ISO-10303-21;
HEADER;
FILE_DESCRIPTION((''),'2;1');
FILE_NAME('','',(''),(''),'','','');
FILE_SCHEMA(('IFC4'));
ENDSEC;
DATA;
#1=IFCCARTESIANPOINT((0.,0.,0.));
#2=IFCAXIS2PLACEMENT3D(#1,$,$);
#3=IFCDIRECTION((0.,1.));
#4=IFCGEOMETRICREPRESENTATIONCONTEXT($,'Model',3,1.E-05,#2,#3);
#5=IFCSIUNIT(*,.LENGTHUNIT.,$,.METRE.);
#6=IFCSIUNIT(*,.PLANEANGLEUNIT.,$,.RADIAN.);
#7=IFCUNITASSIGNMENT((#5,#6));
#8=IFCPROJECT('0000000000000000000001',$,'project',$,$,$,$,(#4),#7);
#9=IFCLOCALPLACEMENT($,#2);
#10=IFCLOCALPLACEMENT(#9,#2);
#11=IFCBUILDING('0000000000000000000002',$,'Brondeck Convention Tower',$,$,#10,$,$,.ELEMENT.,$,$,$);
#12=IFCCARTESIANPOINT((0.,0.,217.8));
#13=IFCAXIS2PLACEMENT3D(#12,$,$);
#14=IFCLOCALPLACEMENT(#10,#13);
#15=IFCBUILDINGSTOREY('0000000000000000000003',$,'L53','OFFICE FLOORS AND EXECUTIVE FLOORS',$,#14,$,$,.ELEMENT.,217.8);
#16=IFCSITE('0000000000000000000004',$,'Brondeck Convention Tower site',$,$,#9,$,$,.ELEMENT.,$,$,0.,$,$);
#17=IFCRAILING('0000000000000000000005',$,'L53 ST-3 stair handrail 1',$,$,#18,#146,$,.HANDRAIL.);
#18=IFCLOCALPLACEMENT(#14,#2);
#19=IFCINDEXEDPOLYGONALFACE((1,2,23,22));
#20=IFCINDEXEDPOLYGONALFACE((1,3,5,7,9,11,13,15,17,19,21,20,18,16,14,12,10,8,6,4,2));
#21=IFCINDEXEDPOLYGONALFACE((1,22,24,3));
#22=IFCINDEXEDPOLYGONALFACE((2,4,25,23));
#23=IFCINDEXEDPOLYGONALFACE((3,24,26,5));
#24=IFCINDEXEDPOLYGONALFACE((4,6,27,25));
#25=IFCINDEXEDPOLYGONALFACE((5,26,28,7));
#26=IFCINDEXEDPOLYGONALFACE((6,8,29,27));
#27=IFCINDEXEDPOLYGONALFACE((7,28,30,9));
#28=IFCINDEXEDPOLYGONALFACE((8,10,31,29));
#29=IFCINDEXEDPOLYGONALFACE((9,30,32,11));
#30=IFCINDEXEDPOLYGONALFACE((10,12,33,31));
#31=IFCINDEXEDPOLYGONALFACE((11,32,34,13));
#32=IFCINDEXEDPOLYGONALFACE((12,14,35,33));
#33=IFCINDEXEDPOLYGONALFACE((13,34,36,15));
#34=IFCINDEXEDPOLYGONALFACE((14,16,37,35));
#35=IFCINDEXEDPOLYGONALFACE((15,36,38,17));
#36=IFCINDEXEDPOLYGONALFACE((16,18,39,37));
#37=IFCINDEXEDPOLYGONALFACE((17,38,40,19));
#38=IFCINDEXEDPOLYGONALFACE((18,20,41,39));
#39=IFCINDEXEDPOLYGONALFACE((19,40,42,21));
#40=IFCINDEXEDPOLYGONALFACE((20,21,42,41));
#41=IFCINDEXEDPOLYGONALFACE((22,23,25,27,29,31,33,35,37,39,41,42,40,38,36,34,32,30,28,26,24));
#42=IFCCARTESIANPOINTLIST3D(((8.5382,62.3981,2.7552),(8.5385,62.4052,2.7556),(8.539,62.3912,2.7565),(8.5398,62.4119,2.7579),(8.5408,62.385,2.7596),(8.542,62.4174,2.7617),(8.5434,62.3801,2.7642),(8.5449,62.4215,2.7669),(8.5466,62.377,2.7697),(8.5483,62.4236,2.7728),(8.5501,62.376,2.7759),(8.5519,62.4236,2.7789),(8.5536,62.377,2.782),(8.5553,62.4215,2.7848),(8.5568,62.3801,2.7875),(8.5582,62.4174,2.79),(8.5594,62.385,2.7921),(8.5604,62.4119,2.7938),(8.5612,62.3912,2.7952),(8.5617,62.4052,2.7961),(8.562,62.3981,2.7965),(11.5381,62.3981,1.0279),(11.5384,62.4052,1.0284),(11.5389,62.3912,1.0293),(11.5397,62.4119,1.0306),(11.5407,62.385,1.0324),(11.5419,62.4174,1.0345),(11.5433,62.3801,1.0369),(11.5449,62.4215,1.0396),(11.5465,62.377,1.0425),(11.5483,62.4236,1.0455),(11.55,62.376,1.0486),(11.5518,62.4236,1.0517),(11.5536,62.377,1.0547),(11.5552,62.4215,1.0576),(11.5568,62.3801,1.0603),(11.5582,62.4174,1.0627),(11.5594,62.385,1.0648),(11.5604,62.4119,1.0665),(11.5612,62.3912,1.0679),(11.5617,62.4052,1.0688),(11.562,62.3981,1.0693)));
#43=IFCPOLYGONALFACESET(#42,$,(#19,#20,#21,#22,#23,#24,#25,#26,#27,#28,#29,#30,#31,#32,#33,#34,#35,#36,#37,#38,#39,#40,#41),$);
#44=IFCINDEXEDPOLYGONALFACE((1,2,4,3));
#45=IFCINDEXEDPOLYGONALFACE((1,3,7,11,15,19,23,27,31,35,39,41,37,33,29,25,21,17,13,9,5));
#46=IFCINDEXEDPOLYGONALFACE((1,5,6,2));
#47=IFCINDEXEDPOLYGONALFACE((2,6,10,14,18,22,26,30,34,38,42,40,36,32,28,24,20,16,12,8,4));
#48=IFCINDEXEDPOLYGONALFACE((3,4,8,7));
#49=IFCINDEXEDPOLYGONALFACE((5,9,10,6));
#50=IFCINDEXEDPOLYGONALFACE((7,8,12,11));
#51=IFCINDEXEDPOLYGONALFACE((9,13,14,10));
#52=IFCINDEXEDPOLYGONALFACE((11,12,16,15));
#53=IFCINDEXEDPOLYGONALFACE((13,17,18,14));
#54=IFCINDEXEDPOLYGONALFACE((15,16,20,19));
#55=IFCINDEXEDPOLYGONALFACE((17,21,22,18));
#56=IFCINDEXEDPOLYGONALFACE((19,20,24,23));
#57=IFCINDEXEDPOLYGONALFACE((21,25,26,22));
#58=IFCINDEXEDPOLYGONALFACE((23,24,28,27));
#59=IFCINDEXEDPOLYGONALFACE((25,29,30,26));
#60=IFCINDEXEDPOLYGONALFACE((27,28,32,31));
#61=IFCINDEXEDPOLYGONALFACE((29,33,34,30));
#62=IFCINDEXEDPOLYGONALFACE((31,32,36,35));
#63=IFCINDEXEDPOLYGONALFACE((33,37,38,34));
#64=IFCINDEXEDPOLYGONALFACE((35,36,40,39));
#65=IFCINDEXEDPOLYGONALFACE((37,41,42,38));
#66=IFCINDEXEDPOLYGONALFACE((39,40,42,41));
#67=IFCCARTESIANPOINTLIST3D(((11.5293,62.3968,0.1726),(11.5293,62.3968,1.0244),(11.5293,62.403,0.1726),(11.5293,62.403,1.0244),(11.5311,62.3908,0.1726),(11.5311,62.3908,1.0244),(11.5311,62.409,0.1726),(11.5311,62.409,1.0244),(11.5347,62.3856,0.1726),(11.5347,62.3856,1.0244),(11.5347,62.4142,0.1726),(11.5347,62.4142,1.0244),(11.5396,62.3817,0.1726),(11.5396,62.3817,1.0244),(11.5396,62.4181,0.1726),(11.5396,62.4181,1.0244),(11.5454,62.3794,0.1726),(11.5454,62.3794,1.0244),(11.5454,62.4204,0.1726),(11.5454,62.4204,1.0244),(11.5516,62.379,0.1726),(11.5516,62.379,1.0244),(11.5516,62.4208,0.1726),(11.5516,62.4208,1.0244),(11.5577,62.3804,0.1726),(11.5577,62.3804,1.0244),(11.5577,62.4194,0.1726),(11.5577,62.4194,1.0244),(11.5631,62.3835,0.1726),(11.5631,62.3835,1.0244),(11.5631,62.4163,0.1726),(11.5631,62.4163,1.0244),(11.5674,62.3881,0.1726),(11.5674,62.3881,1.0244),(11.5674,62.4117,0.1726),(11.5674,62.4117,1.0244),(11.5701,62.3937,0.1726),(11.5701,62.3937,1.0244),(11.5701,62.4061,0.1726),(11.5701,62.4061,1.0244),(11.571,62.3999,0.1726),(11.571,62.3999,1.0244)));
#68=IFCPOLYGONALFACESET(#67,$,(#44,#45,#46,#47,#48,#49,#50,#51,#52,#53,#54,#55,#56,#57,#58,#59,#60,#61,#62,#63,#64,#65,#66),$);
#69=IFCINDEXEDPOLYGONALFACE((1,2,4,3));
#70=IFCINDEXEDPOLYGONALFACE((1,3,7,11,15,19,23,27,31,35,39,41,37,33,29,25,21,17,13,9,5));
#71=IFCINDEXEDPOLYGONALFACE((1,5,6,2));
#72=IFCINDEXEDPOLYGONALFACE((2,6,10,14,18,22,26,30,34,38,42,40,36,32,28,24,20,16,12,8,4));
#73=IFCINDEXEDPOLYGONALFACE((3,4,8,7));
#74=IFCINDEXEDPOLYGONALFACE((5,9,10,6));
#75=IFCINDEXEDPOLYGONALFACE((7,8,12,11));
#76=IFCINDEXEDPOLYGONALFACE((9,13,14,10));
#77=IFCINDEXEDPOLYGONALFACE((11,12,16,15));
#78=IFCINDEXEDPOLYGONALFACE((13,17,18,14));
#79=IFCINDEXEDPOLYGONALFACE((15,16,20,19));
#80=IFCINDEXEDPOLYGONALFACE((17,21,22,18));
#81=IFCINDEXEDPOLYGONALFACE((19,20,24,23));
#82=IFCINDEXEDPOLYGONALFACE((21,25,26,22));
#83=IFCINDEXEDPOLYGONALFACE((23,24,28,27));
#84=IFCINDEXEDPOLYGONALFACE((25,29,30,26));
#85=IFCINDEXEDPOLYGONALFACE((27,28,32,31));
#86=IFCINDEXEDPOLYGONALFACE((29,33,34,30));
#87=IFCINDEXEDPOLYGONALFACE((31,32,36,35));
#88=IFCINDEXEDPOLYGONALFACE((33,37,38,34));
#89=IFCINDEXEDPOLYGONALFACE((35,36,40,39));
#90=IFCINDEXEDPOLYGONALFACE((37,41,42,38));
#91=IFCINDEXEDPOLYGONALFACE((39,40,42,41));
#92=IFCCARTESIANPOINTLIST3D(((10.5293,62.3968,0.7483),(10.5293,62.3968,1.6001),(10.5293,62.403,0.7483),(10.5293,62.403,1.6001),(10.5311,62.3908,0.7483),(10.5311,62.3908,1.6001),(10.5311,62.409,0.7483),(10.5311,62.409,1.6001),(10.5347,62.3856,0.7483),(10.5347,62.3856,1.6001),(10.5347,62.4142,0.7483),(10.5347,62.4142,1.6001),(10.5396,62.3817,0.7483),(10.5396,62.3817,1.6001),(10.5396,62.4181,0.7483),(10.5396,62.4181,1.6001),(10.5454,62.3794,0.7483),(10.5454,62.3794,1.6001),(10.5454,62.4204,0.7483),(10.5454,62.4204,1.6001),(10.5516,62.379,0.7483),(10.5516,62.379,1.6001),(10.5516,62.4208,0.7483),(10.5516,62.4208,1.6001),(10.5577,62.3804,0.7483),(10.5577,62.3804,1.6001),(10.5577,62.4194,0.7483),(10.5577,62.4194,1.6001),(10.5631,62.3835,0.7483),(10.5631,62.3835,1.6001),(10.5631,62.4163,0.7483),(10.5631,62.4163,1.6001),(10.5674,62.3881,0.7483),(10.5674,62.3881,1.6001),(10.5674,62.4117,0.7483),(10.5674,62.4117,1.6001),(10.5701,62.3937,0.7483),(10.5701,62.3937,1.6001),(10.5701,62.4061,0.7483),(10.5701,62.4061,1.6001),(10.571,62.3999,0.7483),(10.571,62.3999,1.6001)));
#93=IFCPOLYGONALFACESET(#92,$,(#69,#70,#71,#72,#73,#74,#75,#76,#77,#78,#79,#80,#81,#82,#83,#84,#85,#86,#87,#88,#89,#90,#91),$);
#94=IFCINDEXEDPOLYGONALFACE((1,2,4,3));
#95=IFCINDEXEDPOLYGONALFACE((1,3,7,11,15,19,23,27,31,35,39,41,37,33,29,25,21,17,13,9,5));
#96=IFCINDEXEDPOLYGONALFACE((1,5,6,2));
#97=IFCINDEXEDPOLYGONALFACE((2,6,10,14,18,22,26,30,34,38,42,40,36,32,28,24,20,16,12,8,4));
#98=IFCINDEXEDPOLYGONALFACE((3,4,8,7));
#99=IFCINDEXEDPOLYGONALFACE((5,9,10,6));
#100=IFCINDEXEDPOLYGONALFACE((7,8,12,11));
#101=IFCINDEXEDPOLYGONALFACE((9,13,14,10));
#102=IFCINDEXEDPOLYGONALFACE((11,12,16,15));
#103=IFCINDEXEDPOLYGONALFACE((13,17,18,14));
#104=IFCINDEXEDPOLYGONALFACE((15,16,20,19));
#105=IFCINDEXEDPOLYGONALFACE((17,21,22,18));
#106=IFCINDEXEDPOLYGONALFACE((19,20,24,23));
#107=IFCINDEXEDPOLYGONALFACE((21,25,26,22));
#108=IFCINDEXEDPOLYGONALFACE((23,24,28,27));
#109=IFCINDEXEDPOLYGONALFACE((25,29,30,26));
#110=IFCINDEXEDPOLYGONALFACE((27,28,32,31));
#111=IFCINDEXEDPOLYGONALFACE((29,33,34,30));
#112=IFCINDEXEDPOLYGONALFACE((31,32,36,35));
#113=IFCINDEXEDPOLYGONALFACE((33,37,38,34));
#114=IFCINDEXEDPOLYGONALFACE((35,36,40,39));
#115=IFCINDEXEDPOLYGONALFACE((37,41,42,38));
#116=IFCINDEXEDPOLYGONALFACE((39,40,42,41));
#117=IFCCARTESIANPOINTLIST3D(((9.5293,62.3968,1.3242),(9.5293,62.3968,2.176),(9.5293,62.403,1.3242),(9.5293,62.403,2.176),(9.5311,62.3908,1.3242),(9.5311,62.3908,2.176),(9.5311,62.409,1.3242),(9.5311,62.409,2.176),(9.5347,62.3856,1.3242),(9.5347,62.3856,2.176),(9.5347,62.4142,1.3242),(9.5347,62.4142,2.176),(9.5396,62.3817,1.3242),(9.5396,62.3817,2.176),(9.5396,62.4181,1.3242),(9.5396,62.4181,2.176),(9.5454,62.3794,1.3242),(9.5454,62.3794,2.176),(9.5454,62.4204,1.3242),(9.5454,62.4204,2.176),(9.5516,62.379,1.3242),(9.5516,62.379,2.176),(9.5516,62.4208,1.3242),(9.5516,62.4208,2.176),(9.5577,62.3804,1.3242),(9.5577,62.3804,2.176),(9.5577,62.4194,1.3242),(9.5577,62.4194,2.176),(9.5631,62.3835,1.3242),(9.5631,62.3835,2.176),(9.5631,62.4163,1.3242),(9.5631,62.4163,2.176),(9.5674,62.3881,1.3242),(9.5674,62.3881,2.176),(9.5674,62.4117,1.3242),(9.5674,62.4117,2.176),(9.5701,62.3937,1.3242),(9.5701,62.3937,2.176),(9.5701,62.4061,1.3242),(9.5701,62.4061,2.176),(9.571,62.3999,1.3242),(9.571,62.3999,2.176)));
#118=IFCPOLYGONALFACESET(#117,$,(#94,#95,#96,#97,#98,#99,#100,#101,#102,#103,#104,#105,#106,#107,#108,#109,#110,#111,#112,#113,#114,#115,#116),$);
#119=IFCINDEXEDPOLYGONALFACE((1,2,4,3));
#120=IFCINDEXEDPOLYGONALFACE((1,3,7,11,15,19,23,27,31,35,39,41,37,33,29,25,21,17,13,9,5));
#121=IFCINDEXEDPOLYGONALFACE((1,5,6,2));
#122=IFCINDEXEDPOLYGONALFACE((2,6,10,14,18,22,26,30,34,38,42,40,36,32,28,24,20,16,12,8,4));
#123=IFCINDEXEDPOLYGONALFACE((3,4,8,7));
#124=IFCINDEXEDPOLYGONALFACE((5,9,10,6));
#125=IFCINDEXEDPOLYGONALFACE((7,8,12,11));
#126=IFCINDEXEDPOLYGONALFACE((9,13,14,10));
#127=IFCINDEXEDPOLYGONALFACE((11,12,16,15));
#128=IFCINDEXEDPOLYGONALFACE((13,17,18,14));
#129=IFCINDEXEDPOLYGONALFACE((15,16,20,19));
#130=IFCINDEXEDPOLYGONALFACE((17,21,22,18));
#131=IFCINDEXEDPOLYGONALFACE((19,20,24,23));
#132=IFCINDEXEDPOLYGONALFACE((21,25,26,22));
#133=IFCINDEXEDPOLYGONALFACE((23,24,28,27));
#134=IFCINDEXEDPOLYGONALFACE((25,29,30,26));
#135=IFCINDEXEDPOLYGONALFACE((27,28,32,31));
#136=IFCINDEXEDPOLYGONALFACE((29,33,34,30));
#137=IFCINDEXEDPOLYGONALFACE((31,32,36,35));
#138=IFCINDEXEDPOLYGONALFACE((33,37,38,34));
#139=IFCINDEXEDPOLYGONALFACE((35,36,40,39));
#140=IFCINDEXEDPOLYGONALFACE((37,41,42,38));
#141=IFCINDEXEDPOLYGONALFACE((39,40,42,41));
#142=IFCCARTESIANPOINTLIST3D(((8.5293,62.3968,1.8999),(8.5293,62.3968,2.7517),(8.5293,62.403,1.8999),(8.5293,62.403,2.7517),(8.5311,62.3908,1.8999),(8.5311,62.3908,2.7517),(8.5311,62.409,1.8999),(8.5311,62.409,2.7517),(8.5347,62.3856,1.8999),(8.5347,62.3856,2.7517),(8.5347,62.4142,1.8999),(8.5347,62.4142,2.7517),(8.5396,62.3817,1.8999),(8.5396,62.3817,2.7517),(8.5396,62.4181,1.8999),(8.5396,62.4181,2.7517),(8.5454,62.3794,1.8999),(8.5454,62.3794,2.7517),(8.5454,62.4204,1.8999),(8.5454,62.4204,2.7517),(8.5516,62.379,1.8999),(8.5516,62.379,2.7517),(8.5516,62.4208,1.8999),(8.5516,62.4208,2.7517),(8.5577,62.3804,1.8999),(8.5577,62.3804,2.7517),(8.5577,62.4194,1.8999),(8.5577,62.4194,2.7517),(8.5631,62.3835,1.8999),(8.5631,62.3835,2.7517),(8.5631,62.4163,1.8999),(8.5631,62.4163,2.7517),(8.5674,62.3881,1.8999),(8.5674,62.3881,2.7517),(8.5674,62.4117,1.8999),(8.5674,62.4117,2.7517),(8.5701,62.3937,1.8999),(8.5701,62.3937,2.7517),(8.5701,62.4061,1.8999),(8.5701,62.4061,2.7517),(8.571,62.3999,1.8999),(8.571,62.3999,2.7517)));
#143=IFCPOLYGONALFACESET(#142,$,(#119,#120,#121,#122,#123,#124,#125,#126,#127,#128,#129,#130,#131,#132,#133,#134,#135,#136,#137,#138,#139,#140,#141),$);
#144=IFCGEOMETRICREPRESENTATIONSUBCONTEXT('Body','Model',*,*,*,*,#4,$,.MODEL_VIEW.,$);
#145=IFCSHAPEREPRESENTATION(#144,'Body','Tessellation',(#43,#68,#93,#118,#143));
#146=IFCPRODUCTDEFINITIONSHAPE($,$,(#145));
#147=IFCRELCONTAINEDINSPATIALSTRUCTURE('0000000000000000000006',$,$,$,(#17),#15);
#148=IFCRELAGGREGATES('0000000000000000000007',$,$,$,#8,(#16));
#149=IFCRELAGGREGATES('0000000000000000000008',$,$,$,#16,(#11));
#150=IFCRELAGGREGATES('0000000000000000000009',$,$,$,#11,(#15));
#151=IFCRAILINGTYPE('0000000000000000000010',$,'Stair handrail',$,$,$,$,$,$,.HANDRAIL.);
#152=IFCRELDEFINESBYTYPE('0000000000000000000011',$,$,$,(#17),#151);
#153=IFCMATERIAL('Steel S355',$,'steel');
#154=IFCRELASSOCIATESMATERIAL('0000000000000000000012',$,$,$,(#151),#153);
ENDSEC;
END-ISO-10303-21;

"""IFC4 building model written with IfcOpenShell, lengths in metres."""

from ifc_helpers import new_model, si_unit, direction, frame, origin, origin_2d, place, context, subcontext, project, spatial, circle, extrude, material, type_object, element, save


model = new_model("IFC4")

# Units and contexts
model_context = context("Model", 3, precision=1e-05, world=origin(), true_north=direction((0.0, 1.0)))
body_context = subcontext(model_context, "Body", "Model", "MODEL_VIEW")
ifc_project = project(units=[si_unit("LENGTHUNIT", "METRE"), si_unit("PLANEANGLEUNIT", "RADIAN")], contexts=[model_context])

# Site, building, storey
site_placement = place(None, origin())
site = spatial("IfcSite", under=ifc_project, at=site_placement, Name="Brondeck Convention Tower site", CompositionType="ELEMENT", RefElevation=0.0)
building_placement = place(site_placement, origin())
building = spatial("IfcBuilding", under=site, at=building_placement, Name="Brondeck Convention Tower", CompositionType="ELEMENT")
storey_placement = place(building_placement, frame((0.0, 0.0, 217.8)))
storey = spatial("IfcBuildingStorey", under=building, at=storey_placement, Name="L53", Description="OFFICE FLOORS AND EXECUTIVE FLOORS", CompositionType="ELEMENT", Elevation=217.8)

# Railing
ifc_material_1 = material(Name="Steel S355", Category="steel")
railing_type_1 = type_object("IfcRailingType", Name="Stair handrail", PredefinedType="HANDRAIL", material=ifc_material_1)
railing_1_placement = place(storey_placement, frame((11.55, 62.3999, 0.1726)))
element("IfcRailing", 1, at=railing_1_placement, inside=storey, type_object=railing_type_1, Name="L53 ST-3 stair handrail 1", PredefinedType="HANDRAIL", context=body_context, shape_type="SweptSolid", body=[
    extrude(circle(Radius=0.0239, at=origin_2d()), frame((0.0, 0.0, 0.876), z_axis=(-0.86662, 0.0, 0.498969), x_axis=(0.0, -1.0, 0.0)), (0.0, 0.0, 1.0), 3.4617),
    extrude(circle(Radius=0.021, at=origin_2d()), origin(), (0.0, 0.0, 1.0), 0.8518),
    extrude(circle(Radius=0.021, at=origin_2d()), frame((-1.0, 0.0, 0.5757)), (0.0, 0.0, 1.0), 0.8518),
    extrude(circle(Radius=0.021, at=origin_2d()), frame((-2.0, 0.0, 1.1516)), (0.0, 0.0, 1.0), 0.8518),
    extrude(circle(Radius=0.021, at=origin_2d()), frame((-3.0, 0.0, 1.7273)), (0.0, 0.0, 1.0), 0.8518),
])

save(model, "model.ifc")
